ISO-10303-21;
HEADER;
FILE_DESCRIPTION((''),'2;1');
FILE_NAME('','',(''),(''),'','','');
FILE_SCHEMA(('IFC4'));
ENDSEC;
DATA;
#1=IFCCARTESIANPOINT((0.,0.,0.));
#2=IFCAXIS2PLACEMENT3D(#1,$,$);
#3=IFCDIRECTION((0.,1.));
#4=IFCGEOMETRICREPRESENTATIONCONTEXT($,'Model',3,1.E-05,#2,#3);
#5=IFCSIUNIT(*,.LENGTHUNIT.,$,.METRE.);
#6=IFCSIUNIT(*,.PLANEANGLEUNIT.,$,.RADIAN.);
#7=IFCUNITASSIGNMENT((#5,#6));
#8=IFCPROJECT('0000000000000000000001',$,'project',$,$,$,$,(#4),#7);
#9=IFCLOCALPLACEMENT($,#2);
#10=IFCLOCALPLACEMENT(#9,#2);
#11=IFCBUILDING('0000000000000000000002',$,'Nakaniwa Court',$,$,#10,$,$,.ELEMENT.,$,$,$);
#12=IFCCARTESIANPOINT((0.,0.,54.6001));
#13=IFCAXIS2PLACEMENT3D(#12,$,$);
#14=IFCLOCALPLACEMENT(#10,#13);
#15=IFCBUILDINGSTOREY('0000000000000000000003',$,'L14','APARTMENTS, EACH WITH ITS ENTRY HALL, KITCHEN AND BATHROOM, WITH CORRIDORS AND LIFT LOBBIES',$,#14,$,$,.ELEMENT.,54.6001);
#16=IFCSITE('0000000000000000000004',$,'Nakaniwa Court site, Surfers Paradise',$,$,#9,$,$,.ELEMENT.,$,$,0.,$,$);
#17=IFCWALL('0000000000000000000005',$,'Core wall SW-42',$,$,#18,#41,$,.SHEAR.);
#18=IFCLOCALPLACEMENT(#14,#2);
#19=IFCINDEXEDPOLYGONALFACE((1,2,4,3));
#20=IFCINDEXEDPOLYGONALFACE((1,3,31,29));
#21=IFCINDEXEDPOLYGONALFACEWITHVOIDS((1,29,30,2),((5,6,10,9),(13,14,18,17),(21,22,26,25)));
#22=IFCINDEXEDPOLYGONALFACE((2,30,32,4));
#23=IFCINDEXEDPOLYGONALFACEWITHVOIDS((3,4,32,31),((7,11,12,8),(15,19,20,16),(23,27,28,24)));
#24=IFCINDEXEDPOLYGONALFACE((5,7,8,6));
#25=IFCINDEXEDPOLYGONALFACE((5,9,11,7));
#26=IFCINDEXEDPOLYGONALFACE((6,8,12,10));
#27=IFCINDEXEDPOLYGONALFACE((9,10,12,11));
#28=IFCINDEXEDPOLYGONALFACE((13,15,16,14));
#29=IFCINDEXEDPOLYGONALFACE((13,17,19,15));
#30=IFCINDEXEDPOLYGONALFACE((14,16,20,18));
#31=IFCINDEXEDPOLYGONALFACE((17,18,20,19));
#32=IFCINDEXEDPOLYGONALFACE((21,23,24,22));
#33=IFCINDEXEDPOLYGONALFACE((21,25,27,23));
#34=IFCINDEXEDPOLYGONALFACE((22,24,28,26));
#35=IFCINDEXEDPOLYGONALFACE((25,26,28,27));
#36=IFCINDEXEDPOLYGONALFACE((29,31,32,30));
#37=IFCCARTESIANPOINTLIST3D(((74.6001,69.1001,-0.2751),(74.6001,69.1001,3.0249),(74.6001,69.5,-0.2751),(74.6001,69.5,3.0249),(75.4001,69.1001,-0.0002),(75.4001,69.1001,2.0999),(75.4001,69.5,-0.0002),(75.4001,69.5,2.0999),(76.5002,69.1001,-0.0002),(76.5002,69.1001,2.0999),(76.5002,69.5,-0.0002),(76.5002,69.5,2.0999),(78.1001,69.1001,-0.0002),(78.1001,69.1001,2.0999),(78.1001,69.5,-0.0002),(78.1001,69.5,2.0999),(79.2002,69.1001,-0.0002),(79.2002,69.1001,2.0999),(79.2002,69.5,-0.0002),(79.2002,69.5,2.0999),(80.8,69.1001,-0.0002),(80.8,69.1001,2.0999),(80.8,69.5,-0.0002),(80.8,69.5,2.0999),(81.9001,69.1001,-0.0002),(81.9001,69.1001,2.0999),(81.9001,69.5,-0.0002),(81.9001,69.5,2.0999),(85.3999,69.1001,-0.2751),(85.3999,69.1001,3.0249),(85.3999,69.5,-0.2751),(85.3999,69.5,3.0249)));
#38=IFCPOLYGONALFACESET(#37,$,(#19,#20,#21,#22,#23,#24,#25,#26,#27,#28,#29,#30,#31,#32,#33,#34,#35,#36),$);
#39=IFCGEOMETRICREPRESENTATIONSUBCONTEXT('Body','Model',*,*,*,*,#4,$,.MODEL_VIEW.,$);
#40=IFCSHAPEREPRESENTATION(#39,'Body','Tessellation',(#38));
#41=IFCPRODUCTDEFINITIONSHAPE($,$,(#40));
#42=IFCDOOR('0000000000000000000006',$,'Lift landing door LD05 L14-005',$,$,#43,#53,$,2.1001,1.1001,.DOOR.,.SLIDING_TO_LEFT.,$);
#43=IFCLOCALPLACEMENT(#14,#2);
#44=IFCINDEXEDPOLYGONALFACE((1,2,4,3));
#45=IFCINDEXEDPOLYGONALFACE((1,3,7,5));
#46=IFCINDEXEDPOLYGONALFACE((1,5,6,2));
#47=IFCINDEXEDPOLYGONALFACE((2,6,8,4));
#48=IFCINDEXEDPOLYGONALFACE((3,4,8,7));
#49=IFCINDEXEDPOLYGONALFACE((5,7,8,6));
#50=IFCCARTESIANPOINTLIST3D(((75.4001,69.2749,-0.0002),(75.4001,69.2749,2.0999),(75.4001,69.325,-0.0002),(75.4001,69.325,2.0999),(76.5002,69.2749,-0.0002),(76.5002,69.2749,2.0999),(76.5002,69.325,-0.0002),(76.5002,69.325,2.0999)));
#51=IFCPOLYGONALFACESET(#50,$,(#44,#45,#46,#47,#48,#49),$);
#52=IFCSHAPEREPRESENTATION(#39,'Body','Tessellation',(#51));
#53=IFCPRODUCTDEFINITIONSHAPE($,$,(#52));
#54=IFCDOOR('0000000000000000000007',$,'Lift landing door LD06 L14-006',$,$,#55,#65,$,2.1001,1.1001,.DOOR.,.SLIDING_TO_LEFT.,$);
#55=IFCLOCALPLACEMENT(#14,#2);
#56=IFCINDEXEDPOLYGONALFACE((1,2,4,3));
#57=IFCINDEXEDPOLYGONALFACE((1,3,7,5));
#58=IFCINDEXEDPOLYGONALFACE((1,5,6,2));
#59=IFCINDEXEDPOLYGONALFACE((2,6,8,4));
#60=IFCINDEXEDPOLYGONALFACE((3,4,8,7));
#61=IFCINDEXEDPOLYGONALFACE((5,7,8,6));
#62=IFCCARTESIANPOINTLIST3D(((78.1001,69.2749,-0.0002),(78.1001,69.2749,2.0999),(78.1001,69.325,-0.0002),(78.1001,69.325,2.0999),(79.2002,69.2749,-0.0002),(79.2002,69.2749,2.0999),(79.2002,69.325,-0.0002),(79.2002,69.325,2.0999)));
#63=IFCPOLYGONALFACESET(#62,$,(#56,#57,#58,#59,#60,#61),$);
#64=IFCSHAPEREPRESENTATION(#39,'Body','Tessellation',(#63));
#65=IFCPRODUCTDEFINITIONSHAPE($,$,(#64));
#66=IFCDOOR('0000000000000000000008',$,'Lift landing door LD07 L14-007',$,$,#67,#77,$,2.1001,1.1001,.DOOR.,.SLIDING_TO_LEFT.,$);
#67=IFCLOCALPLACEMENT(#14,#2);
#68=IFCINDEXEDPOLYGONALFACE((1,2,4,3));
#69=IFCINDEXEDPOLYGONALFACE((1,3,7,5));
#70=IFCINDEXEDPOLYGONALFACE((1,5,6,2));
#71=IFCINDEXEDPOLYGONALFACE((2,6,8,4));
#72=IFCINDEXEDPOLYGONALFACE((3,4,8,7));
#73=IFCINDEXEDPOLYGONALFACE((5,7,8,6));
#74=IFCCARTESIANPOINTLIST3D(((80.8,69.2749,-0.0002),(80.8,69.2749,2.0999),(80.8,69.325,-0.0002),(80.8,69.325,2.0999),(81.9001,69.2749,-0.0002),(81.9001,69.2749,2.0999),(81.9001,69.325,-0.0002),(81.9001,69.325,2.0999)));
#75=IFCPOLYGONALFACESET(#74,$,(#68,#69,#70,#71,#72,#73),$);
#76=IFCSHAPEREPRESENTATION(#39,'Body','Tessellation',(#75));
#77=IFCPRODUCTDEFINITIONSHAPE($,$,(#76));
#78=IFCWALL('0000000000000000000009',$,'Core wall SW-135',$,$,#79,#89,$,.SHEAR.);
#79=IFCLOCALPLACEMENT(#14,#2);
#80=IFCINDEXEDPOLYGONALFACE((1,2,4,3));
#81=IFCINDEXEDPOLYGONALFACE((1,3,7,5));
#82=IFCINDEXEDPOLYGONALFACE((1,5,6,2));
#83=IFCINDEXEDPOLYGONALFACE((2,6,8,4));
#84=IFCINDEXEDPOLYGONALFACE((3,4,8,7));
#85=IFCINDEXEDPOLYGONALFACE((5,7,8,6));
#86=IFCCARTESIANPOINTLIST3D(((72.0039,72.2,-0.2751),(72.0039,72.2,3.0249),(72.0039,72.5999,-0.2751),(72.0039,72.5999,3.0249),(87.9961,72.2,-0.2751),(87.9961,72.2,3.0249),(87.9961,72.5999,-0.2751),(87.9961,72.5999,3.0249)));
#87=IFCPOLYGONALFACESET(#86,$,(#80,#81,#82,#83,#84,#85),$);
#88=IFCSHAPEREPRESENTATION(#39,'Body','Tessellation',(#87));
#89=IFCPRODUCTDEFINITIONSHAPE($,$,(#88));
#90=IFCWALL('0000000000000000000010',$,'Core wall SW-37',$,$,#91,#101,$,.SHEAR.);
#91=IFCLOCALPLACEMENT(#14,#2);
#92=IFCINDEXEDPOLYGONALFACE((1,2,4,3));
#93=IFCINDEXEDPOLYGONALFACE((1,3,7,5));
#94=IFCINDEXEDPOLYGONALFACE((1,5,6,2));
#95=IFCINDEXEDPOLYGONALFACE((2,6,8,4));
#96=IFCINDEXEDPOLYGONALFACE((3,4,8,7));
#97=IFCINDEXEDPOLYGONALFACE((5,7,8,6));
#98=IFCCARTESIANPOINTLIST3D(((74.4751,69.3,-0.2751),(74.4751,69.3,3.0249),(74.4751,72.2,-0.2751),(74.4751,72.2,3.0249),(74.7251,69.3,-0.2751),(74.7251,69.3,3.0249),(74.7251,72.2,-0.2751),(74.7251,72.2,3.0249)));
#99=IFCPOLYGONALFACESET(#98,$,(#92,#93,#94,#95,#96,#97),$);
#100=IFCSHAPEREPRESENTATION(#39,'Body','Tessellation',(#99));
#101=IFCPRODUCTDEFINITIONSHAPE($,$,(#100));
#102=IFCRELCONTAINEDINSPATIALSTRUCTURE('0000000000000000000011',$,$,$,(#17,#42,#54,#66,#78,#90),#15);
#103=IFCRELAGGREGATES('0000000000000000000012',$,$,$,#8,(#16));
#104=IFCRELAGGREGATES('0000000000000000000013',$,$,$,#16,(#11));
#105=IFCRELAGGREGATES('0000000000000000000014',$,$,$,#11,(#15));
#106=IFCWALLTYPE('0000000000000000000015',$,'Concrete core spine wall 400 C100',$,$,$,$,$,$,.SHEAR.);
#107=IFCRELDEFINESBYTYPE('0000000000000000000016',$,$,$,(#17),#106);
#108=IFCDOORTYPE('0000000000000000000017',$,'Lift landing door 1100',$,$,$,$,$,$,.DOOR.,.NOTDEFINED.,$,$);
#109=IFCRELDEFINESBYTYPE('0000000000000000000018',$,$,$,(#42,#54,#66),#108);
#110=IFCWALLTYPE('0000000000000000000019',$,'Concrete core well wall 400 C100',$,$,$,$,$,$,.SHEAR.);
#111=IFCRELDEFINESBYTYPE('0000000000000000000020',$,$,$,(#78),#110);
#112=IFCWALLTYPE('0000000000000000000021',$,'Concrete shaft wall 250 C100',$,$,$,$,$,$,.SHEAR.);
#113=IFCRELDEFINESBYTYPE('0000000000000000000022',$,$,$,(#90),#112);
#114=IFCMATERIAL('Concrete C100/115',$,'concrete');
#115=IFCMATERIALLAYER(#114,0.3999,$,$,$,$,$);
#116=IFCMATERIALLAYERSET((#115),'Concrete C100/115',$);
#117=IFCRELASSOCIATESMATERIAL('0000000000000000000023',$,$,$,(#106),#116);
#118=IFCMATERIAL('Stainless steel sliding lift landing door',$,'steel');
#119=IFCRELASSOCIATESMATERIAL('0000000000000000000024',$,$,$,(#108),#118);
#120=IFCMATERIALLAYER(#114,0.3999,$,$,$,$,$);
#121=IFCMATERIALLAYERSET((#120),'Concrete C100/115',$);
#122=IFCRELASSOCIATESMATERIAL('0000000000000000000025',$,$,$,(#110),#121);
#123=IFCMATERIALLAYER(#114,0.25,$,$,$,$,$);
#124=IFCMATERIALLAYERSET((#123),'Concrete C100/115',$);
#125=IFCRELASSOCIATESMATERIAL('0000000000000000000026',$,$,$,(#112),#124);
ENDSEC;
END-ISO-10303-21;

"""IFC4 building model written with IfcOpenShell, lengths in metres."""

from ifc_helpers import new_model, si_unit, direction, frame, frame_2d, origin, place, context, subcontext, project, spatial, rectangle, extrude, material, layer, layer_set, type_object, element, fill, save


model = new_model("IFC4")

# Units and contexts
model_context = context("Model", 3, precision=1e-05, world=origin(), true_north=direction((0.0, 1.0)))
body_context = subcontext(model_context, "Body", "Model", "MODEL_VIEW")
ifc_project = project(units=[si_unit("LENGTHUNIT", "METRE"), si_unit("PLANEANGLEUNIT", "RADIAN")], contexts=[model_context])

# Site, building, storey
site_placement = place(None, origin())
site = spatial("IfcSite", under=ifc_project, at=site_placement, Name="Nakaniwa Court site, Surfers Paradise", CompositionType="ELEMENT", RefElevation=0.0)
building_placement = place(site_placement, origin())
building = spatial("IfcBuilding", under=site, at=building_placement, Name="Nakaniwa Court", CompositionType="ELEMENT")
storey_placement = place(building_placement, frame((0.0, 0.0, 54.6001)))
storey = spatial("IfcBuildingStorey", under=building, at=storey_placement, Name="L14", Description="APARTMENTS, EACH WITH ITS ENTRY HALL, KITCHEN AND BATHROOM, WITH CORRIDORS AND LIFT LOBBIES", CompositionType="ELEMENT", Elevation=54.6001)

# Shared definitions
ifc_material_1 = material(Name="Concrete C100/115", Category="concrete")

# Wall, openings, doors
ifc_layer_1 = layer(ifc_material_1, 0.3999)
ifc_layer_set_1 = layer_set([ifc_layer_1], Name="Concrete C100/115")
wall_type_1 = type_object("IfcWallType", Name="Concrete core spine wall 400 C100", PredefinedType="SHEAR", material=ifc_layer_set_1)
wall_1_placement = place(storey_placement, frame((74.6001, 69.3, -0.2751), z_axis=(0.0, 0.0, 1.0), x_axis=(1.0, 0.0, 0.0)))
wall_1 = element("IfcWall", 1, at=wall_1_placement, inside=storey, type_object=wall_type_1, Name="Core wall SW-42", PredefinedType="SHEAR", context=body_context, shape_type="SweptSolid", body=[
    extrude(rectangle(XDim=10.7998, YDim=0.3999, at=frame_2d((5.3999, 0.0))), origin(), (0.0, 0.0, 1.0), 3.3),
])
opening_1_placement = place(wall_1_placement, frame((0.8, 0.0, 0.2749)))
opening_1 = element("IfcOpeningElement", 2, at=opening_1_placement, cuts=wall_1, PredefinedType="OPENING", context=body_context, shape_type="SweptSolid", body=[
    extrude(rectangle(XDim=1.1001, YDim=2.1001, at=frame_2d((0.55, 1.05))), frame((0.0, 0.21, 0.0), z_axis=(0.0, -1.0, 0.0), x_axis=(1.0, 0.0, 0.0)), (0.0, 0.0, 1.0), 0.4199),
])
opening_2_placement = place(wall_1_placement, frame((3.5, 0.0, 0.2749)))
opening_2 = element("IfcOpeningElement", 3, at=opening_2_placement, cuts=wall_1, PredefinedType="OPENING", context=body_context, shape_type="SweptSolid", body=[
    extrude(rectangle(XDim=1.1001, YDim=2.1001, at=frame_2d((0.55, 1.05))), frame((0.0, 0.21, 0.0), z_axis=(0.0, -1.0, 0.0), x_axis=(1.0, 0.0, 0.0)), (0.0, 0.0, 1.0), 0.4199),
])
opening_3_placement = place(wall_1_placement, frame((6.2, 0.0, 0.2749)))
opening_3 = element("IfcOpeningElement", 4, at=opening_3_placement, cuts=wall_1, PredefinedType="OPENING", context=body_context, shape_type="SweptSolid", body=[
    extrude(rectangle(XDim=1.1001, YDim=2.1001, at=frame_2d((0.55, 1.05))), frame((0.0, 0.21, 0.0), z_axis=(0.0, -1.0, 0.0), x_axis=(1.0, 0.0, 0.0)), (0.0, 0.0, 1.0), 0.4199),
])
ifc_material_2 = material(Name="Stainless steel sliding lift landing door", Category="steel")
door_type_1 = type_object("IfcDoorType", Name="Lift landing door 1100", OperationType="NOTDEFINED", PredefinedType="DOOR", material=ifc_material_2)
door_1_placement = place(opening_1_placement, origin())
door_1 = element("IfcDoor", 5, at=door_1_placement, inside=storey, type_object=door_type_1, Name="Lift landing door LD05 L14-005", OperationType="SLIDING_TO_LEFT", OverallHeight=2.1001, OverallWidth=1.1001, PredefinedType="DOOR", context=body_context, shape_type="SweptSolid", body=[
    extrude(rectangle(XDim=1.1001, YDim=2.1001, at=frame_2d((0.55, 1.05))), frame((0.0, 0.0249, 0.0), z_axis=(0.0, -1.0, 0.0), x_axis=(1.0, 0.0, 0.0)), (0.0, 0.0, 1.0), 0.05),
])
fill(opening_1, door_1)
door_2_placement = place(opening_2_placement, origin())
door_2 = element("IfcDoor", 6, at=door_2_placement, inside=storey, type_object=door_type_1, Name="Lift landing door LD06 L14-006", OperationType="SLIDING_TO_LEFT", OverallHeight=2.1001, OverallWidth=1.1001, PredefinedType="DOOR", context=body_context, shape_type="SweptSolid", body=[
    extrude(rectangle(XDim=1.1001, YDim=2.1001, at=frame_2d((0.55, 1.05))), frame((0.0, 0.0249, 0.0), z_axis=(0.0, -1.0, 0.0), x_axis=(1.0, 0.0, 0.0)), (0.0, 0.0, 1.0), 0.05),
])
fill(opening_2, door_2)
door_3_placement = place(opening_3_placement, origin())
door_3 = element("IfcDoor", 7, at=door_3_placement, inside=storey, type_object=door_type_1, Name="Lift landing door LD07 L14-007", OperationType="SLIDING_TO_LEFT", OverallHeight=2.1001, OverallWidth=1.1001, PredefinedType="DOOR", context=body_context, shape_type="SweptSolid", body=[
    extrude(rectangle(XDim=1.1001, YDim=2.1001, at=frame_2d((0.55, 1.05))), frame((0.0, 0.0249, 0.0), z_axis=(0.0, -1.0, 0.0), x_axis=(1.0, 0.0, 0.0)), (0.0, 0.0, 1.0), 0.05),
])
fill(opening_3, door_3)

# Walls
ifc_layer_2 = layer(ifc_material_1, 0.3999)
ifc_layer_set_2 = layer_set([ifc_layer_2], Name="Concrete C100/115")
wall_type_2 = type_object("IfcWallType", Name="Concrete core well wall 400 C100", PredefinedType="SHEAR", material=ifc_layer_set_2)
wall_2_placement = place(storey_placement, frame((72.0039, 72.3999, -0.2751), z_axis=(0.0, 0.0, 1.0), x_axis=(1.0, 0.0, 0.0)))
element("IfcWall", 8, at=wall_2_placement, inside=storey, type_object=wall_type_2, Name="Core wall SW-135", PredefinedType="SHEAR", context=body_context, shape_type="SweptSolid", body=[
    extrude(rectangle(XDim=15.9922, YDim=0.3999, at=frame_2d((7.9961, 0.0))), origin(), (0.0, 0.0, 1.0), 3.3),
])
ifc_layer_3 = layer(ifc_material_1, 0.25)
ifc_layer_set_3 = layer_set([ifc_layer_3], Name="Concrete C100/115")
wall_type_3 = type_object("IfcWallType", Name="Concrete shaft wall 250 C100", PredefinedType="SHEAR", material=ifc_layer_set_3)
wall_3_placement = place(storey_placement, frame((74.6001, 69.3, -0.2751), z_axis=(0.0, 0.0, 1.0), x_axis=(0.0, 1.0, 0.0)))
element("IfcWall", 9, at=wall_3_placement, inside=storey, type_object=wall_type_3, Name="Core wall SW-37", PredefinedType="SHEAR", context=body_context, shape_type="SweptSolid", body=[
    extrude(rectangle(XDim=2.8999, YDim=0.25, at=frame_2d((1.45, 0.0))), origin(), (0.0, 0.0, 1.0), 3.3),
])

save(model, "model.ifc")
